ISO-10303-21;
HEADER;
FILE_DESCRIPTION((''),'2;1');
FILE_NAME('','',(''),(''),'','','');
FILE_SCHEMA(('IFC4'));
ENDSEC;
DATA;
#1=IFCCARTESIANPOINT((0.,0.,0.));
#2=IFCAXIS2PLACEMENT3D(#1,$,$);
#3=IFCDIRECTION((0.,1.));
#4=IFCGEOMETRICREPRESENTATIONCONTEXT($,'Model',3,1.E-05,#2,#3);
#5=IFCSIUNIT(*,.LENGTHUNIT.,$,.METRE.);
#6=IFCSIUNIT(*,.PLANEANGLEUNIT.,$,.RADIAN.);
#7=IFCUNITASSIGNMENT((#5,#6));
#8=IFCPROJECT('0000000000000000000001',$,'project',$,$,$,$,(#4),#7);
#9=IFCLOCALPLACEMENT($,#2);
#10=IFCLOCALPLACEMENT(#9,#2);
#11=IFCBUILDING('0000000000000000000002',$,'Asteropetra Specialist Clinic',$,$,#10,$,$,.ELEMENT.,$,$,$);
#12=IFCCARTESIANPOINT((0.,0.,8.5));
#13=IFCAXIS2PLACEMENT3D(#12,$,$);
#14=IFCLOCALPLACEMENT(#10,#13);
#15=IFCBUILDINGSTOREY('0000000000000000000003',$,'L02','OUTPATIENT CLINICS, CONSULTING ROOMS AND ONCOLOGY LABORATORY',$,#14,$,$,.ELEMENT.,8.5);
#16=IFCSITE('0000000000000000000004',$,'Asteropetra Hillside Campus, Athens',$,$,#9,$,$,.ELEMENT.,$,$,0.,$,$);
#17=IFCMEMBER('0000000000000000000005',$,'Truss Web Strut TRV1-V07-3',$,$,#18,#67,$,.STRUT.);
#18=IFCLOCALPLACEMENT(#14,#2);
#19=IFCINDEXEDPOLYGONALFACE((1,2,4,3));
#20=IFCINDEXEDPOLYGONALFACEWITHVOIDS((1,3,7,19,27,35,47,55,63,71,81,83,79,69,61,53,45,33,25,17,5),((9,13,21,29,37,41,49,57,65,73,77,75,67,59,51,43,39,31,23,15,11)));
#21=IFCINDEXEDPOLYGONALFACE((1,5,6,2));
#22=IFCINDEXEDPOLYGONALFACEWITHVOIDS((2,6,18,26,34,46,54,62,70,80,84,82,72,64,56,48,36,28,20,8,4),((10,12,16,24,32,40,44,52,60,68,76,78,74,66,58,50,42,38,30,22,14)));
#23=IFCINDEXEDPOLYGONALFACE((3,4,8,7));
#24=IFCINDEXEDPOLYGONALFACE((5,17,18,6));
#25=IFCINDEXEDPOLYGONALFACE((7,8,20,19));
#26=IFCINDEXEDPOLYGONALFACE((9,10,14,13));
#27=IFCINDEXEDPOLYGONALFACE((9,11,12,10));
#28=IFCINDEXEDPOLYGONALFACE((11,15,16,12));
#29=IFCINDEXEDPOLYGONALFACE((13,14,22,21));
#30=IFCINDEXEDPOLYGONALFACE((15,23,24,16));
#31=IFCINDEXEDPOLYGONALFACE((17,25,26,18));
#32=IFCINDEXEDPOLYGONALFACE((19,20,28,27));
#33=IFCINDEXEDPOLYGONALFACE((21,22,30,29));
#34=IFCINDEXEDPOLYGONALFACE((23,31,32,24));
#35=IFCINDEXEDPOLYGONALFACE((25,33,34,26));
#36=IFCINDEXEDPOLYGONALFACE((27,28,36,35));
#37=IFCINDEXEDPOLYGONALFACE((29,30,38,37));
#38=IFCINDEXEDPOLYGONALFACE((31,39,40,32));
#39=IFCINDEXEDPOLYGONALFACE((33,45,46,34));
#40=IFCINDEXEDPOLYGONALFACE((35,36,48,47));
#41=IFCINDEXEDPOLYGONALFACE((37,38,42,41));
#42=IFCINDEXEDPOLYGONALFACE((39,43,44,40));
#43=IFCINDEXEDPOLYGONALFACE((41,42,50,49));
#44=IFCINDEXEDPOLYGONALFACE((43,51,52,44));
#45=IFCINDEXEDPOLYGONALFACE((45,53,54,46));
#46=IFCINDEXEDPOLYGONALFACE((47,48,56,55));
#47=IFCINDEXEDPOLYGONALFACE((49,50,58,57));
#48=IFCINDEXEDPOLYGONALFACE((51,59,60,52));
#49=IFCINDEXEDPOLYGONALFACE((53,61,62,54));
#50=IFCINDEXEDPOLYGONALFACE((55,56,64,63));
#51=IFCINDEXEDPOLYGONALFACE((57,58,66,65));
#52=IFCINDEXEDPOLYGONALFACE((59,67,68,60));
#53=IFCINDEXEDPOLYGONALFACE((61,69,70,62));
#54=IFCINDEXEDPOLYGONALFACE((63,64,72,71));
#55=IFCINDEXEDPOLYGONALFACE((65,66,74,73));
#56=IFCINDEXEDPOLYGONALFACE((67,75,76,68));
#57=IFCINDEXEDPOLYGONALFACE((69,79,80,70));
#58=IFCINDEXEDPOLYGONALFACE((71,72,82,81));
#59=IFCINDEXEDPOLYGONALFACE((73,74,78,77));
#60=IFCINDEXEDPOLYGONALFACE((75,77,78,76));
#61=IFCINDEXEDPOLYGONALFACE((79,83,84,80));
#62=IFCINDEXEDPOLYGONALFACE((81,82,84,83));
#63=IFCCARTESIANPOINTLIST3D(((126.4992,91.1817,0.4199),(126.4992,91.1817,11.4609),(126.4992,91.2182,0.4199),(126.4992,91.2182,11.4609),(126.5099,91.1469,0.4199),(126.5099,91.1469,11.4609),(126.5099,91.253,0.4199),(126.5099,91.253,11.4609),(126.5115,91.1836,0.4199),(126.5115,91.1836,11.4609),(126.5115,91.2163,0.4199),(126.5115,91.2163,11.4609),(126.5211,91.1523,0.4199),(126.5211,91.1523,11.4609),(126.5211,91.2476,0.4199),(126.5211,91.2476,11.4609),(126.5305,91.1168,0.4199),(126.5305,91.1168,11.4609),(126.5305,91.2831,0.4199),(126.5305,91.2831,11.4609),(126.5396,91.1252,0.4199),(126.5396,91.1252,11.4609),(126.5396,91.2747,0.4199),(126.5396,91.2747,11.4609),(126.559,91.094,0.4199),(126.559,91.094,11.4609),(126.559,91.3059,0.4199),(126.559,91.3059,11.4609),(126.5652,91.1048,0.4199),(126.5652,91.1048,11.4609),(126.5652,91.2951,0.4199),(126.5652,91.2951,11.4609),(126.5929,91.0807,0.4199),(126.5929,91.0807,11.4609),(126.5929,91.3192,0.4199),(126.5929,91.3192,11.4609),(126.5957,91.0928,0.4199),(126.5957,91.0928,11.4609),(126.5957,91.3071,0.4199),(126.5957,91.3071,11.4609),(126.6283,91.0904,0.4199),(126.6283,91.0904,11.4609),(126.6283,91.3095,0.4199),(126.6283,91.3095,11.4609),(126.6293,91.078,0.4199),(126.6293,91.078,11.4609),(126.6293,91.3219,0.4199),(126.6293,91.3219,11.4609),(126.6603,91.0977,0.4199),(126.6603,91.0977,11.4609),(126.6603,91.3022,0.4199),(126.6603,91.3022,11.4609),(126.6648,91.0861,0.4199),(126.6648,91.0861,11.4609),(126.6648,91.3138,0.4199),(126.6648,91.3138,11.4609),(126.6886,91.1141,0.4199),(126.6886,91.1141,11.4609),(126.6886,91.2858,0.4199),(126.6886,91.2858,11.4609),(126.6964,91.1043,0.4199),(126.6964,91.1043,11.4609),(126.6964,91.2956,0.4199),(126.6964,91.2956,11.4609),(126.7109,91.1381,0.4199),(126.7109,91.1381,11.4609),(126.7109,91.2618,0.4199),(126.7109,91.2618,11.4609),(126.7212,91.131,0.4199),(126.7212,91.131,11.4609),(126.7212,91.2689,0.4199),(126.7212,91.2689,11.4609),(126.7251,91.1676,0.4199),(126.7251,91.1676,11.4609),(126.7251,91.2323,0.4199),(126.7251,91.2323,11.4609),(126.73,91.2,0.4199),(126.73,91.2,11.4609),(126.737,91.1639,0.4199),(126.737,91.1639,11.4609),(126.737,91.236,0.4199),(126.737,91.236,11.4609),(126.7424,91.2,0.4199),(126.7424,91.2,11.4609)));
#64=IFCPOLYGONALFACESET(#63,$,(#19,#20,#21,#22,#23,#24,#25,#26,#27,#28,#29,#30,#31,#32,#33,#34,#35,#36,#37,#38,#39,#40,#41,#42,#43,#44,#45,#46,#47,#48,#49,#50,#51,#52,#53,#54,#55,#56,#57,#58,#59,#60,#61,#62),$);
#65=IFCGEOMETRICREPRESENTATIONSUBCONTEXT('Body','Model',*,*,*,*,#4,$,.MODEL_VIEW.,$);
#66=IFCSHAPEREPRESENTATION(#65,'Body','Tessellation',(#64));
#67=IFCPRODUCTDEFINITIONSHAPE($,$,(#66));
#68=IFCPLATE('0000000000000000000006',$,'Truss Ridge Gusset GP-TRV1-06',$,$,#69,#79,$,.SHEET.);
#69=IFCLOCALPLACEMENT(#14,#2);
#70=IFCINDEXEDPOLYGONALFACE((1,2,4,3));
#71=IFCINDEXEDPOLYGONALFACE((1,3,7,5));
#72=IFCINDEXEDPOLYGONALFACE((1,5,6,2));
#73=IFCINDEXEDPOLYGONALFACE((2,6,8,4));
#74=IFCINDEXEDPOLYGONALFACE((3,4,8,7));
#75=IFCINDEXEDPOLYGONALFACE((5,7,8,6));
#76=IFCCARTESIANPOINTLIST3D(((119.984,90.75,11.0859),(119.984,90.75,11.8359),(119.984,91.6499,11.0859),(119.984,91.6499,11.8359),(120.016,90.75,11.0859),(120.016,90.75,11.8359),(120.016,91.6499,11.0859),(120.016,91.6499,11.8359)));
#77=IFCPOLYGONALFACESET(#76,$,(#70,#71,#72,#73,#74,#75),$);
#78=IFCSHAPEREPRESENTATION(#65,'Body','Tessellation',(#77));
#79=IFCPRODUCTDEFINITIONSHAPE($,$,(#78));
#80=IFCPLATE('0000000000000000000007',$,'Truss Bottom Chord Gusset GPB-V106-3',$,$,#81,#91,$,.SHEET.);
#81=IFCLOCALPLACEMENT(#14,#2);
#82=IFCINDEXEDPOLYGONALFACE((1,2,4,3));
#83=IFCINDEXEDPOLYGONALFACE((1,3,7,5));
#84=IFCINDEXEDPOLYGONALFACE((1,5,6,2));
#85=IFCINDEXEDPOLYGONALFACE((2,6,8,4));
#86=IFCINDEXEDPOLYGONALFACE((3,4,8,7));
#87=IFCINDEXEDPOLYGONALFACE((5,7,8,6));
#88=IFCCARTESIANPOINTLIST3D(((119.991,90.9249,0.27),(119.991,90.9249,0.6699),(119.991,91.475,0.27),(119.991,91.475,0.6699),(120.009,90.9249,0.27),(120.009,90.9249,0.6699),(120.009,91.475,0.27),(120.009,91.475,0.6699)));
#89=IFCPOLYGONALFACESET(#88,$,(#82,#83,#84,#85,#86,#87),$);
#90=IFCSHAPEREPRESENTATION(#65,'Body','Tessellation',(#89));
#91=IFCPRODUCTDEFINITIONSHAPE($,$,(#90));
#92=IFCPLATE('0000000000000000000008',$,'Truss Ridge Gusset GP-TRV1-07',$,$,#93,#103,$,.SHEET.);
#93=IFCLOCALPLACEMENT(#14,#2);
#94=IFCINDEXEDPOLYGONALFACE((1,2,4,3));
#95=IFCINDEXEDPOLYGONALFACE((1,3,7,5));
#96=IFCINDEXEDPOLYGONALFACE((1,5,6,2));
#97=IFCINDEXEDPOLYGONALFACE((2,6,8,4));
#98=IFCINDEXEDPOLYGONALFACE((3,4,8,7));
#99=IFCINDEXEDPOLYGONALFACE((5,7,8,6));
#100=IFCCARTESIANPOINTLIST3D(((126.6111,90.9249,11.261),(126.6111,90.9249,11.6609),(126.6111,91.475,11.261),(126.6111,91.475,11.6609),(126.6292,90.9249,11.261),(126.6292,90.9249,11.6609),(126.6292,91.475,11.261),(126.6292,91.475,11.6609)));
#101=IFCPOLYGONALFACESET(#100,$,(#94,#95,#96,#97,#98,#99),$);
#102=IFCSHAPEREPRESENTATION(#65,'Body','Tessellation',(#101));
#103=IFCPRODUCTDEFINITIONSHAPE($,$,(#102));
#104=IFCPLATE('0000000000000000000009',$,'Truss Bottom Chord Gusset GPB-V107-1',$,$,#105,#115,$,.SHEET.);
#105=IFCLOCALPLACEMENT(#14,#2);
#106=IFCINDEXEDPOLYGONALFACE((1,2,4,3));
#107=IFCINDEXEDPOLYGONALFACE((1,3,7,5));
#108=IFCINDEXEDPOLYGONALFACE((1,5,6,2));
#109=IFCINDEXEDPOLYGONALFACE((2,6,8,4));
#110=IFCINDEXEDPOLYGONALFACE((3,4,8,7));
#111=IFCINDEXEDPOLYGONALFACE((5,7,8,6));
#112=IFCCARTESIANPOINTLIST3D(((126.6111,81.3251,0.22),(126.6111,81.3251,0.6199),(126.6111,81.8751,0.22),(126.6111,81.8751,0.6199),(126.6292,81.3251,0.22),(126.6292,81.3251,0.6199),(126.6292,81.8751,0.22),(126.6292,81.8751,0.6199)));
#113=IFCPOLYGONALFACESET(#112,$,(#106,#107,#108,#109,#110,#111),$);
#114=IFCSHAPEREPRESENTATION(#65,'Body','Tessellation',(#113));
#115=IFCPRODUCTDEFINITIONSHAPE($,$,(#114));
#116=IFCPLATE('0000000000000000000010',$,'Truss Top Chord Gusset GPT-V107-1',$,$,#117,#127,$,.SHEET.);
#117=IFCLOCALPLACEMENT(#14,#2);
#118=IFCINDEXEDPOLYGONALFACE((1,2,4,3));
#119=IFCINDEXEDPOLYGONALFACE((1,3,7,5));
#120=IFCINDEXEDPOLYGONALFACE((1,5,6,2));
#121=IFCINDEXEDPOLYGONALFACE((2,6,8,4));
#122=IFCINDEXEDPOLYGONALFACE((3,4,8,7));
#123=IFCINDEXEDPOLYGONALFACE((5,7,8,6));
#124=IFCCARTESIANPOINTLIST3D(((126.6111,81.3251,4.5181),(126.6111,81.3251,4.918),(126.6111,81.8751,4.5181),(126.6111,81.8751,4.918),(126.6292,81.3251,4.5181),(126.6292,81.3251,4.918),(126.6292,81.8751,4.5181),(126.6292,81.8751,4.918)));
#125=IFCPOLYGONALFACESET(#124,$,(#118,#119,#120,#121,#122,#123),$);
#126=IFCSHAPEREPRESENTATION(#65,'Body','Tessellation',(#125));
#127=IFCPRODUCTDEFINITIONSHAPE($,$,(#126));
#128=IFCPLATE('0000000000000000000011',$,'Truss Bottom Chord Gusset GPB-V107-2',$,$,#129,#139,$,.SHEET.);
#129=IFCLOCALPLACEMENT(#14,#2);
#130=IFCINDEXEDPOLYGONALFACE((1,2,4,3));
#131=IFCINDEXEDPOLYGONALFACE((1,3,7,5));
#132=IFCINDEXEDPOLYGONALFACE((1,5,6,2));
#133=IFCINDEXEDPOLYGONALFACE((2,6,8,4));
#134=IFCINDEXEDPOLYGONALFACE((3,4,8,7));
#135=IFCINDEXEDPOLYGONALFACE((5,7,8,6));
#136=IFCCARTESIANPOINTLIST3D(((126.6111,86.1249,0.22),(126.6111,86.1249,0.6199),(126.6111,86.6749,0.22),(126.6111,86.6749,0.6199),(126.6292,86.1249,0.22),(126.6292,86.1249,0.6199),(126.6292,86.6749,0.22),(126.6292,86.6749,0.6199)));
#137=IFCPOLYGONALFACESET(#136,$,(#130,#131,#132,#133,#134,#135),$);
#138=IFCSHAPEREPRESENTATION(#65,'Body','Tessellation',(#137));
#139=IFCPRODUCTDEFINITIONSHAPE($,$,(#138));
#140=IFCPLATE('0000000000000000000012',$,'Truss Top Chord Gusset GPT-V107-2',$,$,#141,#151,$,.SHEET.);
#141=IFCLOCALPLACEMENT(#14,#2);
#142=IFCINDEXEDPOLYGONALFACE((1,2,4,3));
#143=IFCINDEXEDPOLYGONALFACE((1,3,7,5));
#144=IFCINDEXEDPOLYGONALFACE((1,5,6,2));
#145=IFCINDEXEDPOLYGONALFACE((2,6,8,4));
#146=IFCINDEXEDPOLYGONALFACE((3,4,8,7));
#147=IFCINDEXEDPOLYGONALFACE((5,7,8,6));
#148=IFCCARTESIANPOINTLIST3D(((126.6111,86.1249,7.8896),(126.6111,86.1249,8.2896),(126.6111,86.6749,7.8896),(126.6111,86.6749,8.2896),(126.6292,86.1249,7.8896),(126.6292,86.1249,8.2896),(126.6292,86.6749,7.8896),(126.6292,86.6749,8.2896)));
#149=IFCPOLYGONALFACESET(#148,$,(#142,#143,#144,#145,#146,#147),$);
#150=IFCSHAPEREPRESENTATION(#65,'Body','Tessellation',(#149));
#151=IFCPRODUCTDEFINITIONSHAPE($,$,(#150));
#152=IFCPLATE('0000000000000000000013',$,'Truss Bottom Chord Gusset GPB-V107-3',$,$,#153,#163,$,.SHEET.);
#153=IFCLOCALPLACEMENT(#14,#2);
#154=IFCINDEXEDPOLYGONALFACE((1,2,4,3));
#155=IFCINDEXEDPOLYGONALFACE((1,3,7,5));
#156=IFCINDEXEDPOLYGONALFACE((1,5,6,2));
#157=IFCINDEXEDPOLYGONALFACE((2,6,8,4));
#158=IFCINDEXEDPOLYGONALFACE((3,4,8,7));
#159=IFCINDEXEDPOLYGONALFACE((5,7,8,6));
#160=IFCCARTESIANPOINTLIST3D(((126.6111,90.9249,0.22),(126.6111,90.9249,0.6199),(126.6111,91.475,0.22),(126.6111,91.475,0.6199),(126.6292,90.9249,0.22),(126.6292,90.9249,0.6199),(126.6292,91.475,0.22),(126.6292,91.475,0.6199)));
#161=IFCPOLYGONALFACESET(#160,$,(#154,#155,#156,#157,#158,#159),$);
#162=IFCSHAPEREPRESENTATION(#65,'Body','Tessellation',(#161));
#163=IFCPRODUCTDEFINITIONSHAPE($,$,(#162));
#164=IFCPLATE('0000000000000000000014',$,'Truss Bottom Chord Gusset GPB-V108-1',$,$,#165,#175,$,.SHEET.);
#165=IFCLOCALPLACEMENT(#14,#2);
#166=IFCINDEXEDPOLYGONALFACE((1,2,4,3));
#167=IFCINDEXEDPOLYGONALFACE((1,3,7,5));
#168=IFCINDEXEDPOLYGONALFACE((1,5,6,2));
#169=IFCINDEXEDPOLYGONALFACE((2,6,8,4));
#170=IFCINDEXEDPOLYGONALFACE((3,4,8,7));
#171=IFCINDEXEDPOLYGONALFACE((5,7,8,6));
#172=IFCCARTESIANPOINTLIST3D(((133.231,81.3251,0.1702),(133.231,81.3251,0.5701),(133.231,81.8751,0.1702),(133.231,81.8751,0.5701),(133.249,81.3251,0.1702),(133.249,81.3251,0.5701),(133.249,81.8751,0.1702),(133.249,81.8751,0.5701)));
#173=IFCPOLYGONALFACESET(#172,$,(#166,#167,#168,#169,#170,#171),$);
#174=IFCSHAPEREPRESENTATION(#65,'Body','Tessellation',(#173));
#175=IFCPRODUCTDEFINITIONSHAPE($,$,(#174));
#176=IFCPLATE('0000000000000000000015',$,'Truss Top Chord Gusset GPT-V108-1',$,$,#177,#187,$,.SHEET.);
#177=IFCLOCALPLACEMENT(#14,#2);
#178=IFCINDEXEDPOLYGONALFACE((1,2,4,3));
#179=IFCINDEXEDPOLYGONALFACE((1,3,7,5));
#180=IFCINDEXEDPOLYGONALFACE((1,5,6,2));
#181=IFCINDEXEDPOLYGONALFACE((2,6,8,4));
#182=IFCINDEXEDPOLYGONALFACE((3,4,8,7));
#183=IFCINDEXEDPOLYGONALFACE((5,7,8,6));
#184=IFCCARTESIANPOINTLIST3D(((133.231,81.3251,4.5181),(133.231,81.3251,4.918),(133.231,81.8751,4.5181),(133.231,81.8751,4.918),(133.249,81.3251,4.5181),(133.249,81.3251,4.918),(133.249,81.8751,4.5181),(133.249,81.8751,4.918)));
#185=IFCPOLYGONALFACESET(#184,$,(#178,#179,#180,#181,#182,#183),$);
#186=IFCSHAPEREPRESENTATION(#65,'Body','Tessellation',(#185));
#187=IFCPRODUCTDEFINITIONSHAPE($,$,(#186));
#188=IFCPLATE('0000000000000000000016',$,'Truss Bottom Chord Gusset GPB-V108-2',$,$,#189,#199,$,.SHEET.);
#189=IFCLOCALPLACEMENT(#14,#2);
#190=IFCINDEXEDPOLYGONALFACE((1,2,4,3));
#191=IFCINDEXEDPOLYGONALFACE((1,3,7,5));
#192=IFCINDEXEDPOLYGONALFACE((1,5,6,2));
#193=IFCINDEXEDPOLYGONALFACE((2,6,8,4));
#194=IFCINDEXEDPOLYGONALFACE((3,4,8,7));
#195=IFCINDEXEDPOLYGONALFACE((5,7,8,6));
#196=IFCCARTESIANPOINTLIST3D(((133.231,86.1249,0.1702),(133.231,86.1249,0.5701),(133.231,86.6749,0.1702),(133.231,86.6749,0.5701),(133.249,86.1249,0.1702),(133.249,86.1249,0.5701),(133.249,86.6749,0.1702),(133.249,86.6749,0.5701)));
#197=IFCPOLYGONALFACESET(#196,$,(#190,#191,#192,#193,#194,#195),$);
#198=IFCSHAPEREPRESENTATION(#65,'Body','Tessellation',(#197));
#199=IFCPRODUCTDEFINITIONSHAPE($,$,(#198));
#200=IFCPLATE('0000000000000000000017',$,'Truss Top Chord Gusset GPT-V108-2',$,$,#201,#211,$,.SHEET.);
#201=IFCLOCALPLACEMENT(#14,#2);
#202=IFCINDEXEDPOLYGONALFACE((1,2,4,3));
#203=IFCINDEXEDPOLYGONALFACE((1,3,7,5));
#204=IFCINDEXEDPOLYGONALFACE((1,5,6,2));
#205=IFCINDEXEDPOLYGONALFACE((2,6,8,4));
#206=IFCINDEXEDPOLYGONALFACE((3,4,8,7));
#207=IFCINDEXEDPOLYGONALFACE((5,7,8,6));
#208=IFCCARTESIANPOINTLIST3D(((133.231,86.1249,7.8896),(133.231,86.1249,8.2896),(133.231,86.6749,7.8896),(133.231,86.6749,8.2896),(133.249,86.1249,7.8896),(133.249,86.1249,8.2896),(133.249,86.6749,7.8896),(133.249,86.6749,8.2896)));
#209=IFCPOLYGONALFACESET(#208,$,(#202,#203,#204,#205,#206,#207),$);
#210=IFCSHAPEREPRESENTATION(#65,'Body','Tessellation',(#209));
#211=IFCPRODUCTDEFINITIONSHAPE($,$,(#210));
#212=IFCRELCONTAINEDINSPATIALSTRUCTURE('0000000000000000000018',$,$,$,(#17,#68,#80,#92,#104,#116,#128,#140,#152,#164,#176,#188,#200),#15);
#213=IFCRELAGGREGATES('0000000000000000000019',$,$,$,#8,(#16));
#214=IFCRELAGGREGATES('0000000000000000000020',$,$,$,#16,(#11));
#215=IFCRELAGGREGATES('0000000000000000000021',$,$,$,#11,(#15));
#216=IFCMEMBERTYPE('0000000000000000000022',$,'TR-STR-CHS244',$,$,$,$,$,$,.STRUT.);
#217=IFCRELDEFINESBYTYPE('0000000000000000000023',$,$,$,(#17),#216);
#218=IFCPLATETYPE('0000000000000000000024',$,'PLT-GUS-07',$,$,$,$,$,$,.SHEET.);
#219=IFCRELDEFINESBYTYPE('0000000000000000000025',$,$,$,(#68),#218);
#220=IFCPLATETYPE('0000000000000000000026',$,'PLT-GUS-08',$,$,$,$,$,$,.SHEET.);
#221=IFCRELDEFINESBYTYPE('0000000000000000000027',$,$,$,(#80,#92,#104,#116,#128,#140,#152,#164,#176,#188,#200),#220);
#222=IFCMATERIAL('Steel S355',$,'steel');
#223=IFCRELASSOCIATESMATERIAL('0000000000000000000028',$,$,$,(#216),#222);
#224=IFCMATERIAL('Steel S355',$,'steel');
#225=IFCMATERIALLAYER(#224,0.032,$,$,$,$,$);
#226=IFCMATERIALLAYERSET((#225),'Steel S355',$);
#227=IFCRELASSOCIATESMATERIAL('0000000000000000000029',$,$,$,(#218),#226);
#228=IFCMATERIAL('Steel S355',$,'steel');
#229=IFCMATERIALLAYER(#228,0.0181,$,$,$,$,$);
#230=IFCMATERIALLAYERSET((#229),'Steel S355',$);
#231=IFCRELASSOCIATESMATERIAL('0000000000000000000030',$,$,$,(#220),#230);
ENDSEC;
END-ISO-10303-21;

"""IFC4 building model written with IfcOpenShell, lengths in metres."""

from ifc_helpers import new_model, si_unit, direction, frame, origin, origin_2d, place, context, subcontext, project, spatial, rectangle, hollow_circle, extrude, material, layer, layer_set, material_profile, profile_set, type_object, element, save


model = new_model("IFC4")

# Units and contexts
model_context = context("Model", 3, precision=1e-05, world=origin(), true_north=direction((0.0, 1.0)))
body_context = subcontext(model_context, "Body", "Model", "MODEL_VIEW")
ifc_project = project(units=[si_unit("LENGTHUNIT", "METRE"), si_unit("PLANEANGLEUNIT", "RADIAN")], contexts=[model_context])

# Site, building, storey
site_placement = place(None, origin())
site = spatial("IfcSite", under=ifc_project, at=site_placement, Name="Asteropetra Hillside Campus, Athens", CompositionType="ELEMENT", RefElevation=0.0)
building_placement = place(site_placement, origin())
building = spatial("IfcBuilding", under=site, at=building_placement, Name="Asteropetra Specialist Clinic", CompositionType="ELEMENT")
storey_placement = place(building_placement, frame((0.0, 0.0, 8.5)))
storey = spatial("IfcBuildingStorey", under=building, at=storey_placement, Name="L02", Description="OUTPATIENT CLINICS, CONSULTING ROOMS AND ONCOLOGY LABORATORY", CompositionType="ELEMENT", Elevation=8.5)

# Member
ifc_material_1 = material(Name="Steel S355", Category="steel")
ifc_material_profile_1 = material_profile(ifc_material_1, hollow_circle(Radius=0.1223, WallThickness=0.0125, at=origin_2d()), Name="CHS 244.5x12.5")
ifc_profile_set_1 = profile_set([ifc_material_profile_1], Name="Steel S355")
member_type_1 = type_object("IfcMemberType", Name="TR-STR-CHS244", PredefinedType="STRUT", material=ifc_profile_set_1)
member_1_placement = place(storey_placement, frame((126.6201, 91.2, 0.4199), z_axis=(0.0, 0.0, 1.0), x_axis=(1.0, 0.0, 0.0)))
element("IfcMember", 1, at=member_1_placement, inside=storey, type_object=member_type_1, Name="Truss Web Strut TRV1-V07-3", PredefinedType="STRUT", context=body_context, shape_type="SweptSolid", body=[
    extrude(hollow_circle(Radius=0.1223, WallThickness=0.0125, at=origin_2d()), origin(), (0.0, 0.0, 1.0), 11.041),
])

# Plates
ifc_material_2 = material(Name="Steel S355", Category="steel")
ifc_layer_1 = layer(ifc_material_2, 0.032)
ifc_layer_set_1 = layer_set([ifc_layer_1], Name="Steel S355")
plate_type_1 = type_object("IfcPlateType", Name="PLT-GUS-07", PredefinedType="SHEET", material=ifc_layer_set_1)
plate_placement = place(storey_placement, frame((120.0, 91.2, 11.0859), z_axis=(0.0, 0.0, 1.0), x_axis=(1.0, 0.0, 0.0)))
element("IfcPlate", 2, at=plate_placement, inside=storey, type_object=plate_type_1, Name="Truss Ridge Gusset GP-TRV1-06", PredefinedType="SHEET", context=body_context, shape_type="SweptSolid", body=[
    extrude(rectangle(XDim=0.032, YDim=0.8999, at=origin_2d()), origin(), (0.0, 0.0, 1.0), 0.75),
])
ifc_material_3 = material(Name="Steel S355", Category="steel")
ifc_layer_2 = layer(ifc_material_3, 0.0181)
ifc_layer_set_2 = layer_set([ifc_layer_2], Name="Steel S355")
plate_type_2 = type_object("IfcPlateType", Name="PLT-GUS-08", PredefinedType="SHEET", material=ifc_layer_set_2)
for number, where, z_axis, x_axis, name in (
    (3, (120.0, 91.2, 0.27), (0.0, 0.0, 1.0), (1.0, 0.0, 0.0), "Truss Bottom Chord Gusset GPB-V106-3"),
    (4, (126.6201, 91.2, 11.261), (0.0, 0.0, 1.0), (1.0, 0.0, 0.0), "Truss Ridge Gusset GP-TRV1-07"),
    (5, (126.6201, 81.6001, 0.22), (0.0, 0.0, 1.0), (1.0, 0.0, 0.0), "Truss Bottom Chord Gusset GPB-V107-1"),
    (6, (126.6201, 81.6001, 4.5181), (0.0, 0.0, 1.0), (1.0, 0.0, 0.0), "Truss Top Chord Gusset GPT-V107-1"),
    (7, (126.6201, 86.3999, 0.22), (0.0, 0.0, 1.0), (1.0, 0.0, 0.0), "Truss Bottom Chord Gusset GPB-V107-2"),
    (8, (126.6201, 86.3999, 7.8896), (0.0, 0.0, 1.0), (1.0, 0.0, 0.0), "Truss Top Chord Gusset GPT-V107-2"),
    (9, (126.6201, 91.2, 0.22), (0.0, 0.0, 1.0), (1.0, 0.0, 0.0), "Truss Bottom Chord Gusset GPB-V107-3"),
    (10, (133.24, 81.6001, 0.1702), (0.0, 0.0, 1.0), (1.0, 0.0, 0.0), "Truss Bottom Chord Gusset GPB-V108-1"),
    (11, (133.24, 81.6001, 4.5181), (0.0, 0.0, 1.0), (1.0, 0.0, 0.0), "Truss Top Chord Gusset GPT-V108-1"),
    (12, (133.24, 86.3999, 0.1702), (0.0, 0.0, 1.0), (1.0, 0.0, 0.0), "Truss Bottom Chord Gusset GPB-V108-2"),
    (13, (133.24, 86.3999, 7.8896), (0.0, 0.0, 1.0), (1.0, 0.0, 0.0), "Truss Top Chord Gusset GPT-V108-2"),
):
    element("IfcPlate", number, at=place(storey_placement, frame(where, z_axis=z_axis, x_axis=x_axis)), inside=storey, type_object=plate_type_2, Name=name, PredefinedType="SHEET", context=body_context, shape_type="SweptSolid", body=[
        extrude(rectangle(XDim=0.0181, YDim=0.55, at=origin_2d()), origin(), (0.0, 0.0, 1.0), 0.3999),
    ])

save(model, "model.ifc")
